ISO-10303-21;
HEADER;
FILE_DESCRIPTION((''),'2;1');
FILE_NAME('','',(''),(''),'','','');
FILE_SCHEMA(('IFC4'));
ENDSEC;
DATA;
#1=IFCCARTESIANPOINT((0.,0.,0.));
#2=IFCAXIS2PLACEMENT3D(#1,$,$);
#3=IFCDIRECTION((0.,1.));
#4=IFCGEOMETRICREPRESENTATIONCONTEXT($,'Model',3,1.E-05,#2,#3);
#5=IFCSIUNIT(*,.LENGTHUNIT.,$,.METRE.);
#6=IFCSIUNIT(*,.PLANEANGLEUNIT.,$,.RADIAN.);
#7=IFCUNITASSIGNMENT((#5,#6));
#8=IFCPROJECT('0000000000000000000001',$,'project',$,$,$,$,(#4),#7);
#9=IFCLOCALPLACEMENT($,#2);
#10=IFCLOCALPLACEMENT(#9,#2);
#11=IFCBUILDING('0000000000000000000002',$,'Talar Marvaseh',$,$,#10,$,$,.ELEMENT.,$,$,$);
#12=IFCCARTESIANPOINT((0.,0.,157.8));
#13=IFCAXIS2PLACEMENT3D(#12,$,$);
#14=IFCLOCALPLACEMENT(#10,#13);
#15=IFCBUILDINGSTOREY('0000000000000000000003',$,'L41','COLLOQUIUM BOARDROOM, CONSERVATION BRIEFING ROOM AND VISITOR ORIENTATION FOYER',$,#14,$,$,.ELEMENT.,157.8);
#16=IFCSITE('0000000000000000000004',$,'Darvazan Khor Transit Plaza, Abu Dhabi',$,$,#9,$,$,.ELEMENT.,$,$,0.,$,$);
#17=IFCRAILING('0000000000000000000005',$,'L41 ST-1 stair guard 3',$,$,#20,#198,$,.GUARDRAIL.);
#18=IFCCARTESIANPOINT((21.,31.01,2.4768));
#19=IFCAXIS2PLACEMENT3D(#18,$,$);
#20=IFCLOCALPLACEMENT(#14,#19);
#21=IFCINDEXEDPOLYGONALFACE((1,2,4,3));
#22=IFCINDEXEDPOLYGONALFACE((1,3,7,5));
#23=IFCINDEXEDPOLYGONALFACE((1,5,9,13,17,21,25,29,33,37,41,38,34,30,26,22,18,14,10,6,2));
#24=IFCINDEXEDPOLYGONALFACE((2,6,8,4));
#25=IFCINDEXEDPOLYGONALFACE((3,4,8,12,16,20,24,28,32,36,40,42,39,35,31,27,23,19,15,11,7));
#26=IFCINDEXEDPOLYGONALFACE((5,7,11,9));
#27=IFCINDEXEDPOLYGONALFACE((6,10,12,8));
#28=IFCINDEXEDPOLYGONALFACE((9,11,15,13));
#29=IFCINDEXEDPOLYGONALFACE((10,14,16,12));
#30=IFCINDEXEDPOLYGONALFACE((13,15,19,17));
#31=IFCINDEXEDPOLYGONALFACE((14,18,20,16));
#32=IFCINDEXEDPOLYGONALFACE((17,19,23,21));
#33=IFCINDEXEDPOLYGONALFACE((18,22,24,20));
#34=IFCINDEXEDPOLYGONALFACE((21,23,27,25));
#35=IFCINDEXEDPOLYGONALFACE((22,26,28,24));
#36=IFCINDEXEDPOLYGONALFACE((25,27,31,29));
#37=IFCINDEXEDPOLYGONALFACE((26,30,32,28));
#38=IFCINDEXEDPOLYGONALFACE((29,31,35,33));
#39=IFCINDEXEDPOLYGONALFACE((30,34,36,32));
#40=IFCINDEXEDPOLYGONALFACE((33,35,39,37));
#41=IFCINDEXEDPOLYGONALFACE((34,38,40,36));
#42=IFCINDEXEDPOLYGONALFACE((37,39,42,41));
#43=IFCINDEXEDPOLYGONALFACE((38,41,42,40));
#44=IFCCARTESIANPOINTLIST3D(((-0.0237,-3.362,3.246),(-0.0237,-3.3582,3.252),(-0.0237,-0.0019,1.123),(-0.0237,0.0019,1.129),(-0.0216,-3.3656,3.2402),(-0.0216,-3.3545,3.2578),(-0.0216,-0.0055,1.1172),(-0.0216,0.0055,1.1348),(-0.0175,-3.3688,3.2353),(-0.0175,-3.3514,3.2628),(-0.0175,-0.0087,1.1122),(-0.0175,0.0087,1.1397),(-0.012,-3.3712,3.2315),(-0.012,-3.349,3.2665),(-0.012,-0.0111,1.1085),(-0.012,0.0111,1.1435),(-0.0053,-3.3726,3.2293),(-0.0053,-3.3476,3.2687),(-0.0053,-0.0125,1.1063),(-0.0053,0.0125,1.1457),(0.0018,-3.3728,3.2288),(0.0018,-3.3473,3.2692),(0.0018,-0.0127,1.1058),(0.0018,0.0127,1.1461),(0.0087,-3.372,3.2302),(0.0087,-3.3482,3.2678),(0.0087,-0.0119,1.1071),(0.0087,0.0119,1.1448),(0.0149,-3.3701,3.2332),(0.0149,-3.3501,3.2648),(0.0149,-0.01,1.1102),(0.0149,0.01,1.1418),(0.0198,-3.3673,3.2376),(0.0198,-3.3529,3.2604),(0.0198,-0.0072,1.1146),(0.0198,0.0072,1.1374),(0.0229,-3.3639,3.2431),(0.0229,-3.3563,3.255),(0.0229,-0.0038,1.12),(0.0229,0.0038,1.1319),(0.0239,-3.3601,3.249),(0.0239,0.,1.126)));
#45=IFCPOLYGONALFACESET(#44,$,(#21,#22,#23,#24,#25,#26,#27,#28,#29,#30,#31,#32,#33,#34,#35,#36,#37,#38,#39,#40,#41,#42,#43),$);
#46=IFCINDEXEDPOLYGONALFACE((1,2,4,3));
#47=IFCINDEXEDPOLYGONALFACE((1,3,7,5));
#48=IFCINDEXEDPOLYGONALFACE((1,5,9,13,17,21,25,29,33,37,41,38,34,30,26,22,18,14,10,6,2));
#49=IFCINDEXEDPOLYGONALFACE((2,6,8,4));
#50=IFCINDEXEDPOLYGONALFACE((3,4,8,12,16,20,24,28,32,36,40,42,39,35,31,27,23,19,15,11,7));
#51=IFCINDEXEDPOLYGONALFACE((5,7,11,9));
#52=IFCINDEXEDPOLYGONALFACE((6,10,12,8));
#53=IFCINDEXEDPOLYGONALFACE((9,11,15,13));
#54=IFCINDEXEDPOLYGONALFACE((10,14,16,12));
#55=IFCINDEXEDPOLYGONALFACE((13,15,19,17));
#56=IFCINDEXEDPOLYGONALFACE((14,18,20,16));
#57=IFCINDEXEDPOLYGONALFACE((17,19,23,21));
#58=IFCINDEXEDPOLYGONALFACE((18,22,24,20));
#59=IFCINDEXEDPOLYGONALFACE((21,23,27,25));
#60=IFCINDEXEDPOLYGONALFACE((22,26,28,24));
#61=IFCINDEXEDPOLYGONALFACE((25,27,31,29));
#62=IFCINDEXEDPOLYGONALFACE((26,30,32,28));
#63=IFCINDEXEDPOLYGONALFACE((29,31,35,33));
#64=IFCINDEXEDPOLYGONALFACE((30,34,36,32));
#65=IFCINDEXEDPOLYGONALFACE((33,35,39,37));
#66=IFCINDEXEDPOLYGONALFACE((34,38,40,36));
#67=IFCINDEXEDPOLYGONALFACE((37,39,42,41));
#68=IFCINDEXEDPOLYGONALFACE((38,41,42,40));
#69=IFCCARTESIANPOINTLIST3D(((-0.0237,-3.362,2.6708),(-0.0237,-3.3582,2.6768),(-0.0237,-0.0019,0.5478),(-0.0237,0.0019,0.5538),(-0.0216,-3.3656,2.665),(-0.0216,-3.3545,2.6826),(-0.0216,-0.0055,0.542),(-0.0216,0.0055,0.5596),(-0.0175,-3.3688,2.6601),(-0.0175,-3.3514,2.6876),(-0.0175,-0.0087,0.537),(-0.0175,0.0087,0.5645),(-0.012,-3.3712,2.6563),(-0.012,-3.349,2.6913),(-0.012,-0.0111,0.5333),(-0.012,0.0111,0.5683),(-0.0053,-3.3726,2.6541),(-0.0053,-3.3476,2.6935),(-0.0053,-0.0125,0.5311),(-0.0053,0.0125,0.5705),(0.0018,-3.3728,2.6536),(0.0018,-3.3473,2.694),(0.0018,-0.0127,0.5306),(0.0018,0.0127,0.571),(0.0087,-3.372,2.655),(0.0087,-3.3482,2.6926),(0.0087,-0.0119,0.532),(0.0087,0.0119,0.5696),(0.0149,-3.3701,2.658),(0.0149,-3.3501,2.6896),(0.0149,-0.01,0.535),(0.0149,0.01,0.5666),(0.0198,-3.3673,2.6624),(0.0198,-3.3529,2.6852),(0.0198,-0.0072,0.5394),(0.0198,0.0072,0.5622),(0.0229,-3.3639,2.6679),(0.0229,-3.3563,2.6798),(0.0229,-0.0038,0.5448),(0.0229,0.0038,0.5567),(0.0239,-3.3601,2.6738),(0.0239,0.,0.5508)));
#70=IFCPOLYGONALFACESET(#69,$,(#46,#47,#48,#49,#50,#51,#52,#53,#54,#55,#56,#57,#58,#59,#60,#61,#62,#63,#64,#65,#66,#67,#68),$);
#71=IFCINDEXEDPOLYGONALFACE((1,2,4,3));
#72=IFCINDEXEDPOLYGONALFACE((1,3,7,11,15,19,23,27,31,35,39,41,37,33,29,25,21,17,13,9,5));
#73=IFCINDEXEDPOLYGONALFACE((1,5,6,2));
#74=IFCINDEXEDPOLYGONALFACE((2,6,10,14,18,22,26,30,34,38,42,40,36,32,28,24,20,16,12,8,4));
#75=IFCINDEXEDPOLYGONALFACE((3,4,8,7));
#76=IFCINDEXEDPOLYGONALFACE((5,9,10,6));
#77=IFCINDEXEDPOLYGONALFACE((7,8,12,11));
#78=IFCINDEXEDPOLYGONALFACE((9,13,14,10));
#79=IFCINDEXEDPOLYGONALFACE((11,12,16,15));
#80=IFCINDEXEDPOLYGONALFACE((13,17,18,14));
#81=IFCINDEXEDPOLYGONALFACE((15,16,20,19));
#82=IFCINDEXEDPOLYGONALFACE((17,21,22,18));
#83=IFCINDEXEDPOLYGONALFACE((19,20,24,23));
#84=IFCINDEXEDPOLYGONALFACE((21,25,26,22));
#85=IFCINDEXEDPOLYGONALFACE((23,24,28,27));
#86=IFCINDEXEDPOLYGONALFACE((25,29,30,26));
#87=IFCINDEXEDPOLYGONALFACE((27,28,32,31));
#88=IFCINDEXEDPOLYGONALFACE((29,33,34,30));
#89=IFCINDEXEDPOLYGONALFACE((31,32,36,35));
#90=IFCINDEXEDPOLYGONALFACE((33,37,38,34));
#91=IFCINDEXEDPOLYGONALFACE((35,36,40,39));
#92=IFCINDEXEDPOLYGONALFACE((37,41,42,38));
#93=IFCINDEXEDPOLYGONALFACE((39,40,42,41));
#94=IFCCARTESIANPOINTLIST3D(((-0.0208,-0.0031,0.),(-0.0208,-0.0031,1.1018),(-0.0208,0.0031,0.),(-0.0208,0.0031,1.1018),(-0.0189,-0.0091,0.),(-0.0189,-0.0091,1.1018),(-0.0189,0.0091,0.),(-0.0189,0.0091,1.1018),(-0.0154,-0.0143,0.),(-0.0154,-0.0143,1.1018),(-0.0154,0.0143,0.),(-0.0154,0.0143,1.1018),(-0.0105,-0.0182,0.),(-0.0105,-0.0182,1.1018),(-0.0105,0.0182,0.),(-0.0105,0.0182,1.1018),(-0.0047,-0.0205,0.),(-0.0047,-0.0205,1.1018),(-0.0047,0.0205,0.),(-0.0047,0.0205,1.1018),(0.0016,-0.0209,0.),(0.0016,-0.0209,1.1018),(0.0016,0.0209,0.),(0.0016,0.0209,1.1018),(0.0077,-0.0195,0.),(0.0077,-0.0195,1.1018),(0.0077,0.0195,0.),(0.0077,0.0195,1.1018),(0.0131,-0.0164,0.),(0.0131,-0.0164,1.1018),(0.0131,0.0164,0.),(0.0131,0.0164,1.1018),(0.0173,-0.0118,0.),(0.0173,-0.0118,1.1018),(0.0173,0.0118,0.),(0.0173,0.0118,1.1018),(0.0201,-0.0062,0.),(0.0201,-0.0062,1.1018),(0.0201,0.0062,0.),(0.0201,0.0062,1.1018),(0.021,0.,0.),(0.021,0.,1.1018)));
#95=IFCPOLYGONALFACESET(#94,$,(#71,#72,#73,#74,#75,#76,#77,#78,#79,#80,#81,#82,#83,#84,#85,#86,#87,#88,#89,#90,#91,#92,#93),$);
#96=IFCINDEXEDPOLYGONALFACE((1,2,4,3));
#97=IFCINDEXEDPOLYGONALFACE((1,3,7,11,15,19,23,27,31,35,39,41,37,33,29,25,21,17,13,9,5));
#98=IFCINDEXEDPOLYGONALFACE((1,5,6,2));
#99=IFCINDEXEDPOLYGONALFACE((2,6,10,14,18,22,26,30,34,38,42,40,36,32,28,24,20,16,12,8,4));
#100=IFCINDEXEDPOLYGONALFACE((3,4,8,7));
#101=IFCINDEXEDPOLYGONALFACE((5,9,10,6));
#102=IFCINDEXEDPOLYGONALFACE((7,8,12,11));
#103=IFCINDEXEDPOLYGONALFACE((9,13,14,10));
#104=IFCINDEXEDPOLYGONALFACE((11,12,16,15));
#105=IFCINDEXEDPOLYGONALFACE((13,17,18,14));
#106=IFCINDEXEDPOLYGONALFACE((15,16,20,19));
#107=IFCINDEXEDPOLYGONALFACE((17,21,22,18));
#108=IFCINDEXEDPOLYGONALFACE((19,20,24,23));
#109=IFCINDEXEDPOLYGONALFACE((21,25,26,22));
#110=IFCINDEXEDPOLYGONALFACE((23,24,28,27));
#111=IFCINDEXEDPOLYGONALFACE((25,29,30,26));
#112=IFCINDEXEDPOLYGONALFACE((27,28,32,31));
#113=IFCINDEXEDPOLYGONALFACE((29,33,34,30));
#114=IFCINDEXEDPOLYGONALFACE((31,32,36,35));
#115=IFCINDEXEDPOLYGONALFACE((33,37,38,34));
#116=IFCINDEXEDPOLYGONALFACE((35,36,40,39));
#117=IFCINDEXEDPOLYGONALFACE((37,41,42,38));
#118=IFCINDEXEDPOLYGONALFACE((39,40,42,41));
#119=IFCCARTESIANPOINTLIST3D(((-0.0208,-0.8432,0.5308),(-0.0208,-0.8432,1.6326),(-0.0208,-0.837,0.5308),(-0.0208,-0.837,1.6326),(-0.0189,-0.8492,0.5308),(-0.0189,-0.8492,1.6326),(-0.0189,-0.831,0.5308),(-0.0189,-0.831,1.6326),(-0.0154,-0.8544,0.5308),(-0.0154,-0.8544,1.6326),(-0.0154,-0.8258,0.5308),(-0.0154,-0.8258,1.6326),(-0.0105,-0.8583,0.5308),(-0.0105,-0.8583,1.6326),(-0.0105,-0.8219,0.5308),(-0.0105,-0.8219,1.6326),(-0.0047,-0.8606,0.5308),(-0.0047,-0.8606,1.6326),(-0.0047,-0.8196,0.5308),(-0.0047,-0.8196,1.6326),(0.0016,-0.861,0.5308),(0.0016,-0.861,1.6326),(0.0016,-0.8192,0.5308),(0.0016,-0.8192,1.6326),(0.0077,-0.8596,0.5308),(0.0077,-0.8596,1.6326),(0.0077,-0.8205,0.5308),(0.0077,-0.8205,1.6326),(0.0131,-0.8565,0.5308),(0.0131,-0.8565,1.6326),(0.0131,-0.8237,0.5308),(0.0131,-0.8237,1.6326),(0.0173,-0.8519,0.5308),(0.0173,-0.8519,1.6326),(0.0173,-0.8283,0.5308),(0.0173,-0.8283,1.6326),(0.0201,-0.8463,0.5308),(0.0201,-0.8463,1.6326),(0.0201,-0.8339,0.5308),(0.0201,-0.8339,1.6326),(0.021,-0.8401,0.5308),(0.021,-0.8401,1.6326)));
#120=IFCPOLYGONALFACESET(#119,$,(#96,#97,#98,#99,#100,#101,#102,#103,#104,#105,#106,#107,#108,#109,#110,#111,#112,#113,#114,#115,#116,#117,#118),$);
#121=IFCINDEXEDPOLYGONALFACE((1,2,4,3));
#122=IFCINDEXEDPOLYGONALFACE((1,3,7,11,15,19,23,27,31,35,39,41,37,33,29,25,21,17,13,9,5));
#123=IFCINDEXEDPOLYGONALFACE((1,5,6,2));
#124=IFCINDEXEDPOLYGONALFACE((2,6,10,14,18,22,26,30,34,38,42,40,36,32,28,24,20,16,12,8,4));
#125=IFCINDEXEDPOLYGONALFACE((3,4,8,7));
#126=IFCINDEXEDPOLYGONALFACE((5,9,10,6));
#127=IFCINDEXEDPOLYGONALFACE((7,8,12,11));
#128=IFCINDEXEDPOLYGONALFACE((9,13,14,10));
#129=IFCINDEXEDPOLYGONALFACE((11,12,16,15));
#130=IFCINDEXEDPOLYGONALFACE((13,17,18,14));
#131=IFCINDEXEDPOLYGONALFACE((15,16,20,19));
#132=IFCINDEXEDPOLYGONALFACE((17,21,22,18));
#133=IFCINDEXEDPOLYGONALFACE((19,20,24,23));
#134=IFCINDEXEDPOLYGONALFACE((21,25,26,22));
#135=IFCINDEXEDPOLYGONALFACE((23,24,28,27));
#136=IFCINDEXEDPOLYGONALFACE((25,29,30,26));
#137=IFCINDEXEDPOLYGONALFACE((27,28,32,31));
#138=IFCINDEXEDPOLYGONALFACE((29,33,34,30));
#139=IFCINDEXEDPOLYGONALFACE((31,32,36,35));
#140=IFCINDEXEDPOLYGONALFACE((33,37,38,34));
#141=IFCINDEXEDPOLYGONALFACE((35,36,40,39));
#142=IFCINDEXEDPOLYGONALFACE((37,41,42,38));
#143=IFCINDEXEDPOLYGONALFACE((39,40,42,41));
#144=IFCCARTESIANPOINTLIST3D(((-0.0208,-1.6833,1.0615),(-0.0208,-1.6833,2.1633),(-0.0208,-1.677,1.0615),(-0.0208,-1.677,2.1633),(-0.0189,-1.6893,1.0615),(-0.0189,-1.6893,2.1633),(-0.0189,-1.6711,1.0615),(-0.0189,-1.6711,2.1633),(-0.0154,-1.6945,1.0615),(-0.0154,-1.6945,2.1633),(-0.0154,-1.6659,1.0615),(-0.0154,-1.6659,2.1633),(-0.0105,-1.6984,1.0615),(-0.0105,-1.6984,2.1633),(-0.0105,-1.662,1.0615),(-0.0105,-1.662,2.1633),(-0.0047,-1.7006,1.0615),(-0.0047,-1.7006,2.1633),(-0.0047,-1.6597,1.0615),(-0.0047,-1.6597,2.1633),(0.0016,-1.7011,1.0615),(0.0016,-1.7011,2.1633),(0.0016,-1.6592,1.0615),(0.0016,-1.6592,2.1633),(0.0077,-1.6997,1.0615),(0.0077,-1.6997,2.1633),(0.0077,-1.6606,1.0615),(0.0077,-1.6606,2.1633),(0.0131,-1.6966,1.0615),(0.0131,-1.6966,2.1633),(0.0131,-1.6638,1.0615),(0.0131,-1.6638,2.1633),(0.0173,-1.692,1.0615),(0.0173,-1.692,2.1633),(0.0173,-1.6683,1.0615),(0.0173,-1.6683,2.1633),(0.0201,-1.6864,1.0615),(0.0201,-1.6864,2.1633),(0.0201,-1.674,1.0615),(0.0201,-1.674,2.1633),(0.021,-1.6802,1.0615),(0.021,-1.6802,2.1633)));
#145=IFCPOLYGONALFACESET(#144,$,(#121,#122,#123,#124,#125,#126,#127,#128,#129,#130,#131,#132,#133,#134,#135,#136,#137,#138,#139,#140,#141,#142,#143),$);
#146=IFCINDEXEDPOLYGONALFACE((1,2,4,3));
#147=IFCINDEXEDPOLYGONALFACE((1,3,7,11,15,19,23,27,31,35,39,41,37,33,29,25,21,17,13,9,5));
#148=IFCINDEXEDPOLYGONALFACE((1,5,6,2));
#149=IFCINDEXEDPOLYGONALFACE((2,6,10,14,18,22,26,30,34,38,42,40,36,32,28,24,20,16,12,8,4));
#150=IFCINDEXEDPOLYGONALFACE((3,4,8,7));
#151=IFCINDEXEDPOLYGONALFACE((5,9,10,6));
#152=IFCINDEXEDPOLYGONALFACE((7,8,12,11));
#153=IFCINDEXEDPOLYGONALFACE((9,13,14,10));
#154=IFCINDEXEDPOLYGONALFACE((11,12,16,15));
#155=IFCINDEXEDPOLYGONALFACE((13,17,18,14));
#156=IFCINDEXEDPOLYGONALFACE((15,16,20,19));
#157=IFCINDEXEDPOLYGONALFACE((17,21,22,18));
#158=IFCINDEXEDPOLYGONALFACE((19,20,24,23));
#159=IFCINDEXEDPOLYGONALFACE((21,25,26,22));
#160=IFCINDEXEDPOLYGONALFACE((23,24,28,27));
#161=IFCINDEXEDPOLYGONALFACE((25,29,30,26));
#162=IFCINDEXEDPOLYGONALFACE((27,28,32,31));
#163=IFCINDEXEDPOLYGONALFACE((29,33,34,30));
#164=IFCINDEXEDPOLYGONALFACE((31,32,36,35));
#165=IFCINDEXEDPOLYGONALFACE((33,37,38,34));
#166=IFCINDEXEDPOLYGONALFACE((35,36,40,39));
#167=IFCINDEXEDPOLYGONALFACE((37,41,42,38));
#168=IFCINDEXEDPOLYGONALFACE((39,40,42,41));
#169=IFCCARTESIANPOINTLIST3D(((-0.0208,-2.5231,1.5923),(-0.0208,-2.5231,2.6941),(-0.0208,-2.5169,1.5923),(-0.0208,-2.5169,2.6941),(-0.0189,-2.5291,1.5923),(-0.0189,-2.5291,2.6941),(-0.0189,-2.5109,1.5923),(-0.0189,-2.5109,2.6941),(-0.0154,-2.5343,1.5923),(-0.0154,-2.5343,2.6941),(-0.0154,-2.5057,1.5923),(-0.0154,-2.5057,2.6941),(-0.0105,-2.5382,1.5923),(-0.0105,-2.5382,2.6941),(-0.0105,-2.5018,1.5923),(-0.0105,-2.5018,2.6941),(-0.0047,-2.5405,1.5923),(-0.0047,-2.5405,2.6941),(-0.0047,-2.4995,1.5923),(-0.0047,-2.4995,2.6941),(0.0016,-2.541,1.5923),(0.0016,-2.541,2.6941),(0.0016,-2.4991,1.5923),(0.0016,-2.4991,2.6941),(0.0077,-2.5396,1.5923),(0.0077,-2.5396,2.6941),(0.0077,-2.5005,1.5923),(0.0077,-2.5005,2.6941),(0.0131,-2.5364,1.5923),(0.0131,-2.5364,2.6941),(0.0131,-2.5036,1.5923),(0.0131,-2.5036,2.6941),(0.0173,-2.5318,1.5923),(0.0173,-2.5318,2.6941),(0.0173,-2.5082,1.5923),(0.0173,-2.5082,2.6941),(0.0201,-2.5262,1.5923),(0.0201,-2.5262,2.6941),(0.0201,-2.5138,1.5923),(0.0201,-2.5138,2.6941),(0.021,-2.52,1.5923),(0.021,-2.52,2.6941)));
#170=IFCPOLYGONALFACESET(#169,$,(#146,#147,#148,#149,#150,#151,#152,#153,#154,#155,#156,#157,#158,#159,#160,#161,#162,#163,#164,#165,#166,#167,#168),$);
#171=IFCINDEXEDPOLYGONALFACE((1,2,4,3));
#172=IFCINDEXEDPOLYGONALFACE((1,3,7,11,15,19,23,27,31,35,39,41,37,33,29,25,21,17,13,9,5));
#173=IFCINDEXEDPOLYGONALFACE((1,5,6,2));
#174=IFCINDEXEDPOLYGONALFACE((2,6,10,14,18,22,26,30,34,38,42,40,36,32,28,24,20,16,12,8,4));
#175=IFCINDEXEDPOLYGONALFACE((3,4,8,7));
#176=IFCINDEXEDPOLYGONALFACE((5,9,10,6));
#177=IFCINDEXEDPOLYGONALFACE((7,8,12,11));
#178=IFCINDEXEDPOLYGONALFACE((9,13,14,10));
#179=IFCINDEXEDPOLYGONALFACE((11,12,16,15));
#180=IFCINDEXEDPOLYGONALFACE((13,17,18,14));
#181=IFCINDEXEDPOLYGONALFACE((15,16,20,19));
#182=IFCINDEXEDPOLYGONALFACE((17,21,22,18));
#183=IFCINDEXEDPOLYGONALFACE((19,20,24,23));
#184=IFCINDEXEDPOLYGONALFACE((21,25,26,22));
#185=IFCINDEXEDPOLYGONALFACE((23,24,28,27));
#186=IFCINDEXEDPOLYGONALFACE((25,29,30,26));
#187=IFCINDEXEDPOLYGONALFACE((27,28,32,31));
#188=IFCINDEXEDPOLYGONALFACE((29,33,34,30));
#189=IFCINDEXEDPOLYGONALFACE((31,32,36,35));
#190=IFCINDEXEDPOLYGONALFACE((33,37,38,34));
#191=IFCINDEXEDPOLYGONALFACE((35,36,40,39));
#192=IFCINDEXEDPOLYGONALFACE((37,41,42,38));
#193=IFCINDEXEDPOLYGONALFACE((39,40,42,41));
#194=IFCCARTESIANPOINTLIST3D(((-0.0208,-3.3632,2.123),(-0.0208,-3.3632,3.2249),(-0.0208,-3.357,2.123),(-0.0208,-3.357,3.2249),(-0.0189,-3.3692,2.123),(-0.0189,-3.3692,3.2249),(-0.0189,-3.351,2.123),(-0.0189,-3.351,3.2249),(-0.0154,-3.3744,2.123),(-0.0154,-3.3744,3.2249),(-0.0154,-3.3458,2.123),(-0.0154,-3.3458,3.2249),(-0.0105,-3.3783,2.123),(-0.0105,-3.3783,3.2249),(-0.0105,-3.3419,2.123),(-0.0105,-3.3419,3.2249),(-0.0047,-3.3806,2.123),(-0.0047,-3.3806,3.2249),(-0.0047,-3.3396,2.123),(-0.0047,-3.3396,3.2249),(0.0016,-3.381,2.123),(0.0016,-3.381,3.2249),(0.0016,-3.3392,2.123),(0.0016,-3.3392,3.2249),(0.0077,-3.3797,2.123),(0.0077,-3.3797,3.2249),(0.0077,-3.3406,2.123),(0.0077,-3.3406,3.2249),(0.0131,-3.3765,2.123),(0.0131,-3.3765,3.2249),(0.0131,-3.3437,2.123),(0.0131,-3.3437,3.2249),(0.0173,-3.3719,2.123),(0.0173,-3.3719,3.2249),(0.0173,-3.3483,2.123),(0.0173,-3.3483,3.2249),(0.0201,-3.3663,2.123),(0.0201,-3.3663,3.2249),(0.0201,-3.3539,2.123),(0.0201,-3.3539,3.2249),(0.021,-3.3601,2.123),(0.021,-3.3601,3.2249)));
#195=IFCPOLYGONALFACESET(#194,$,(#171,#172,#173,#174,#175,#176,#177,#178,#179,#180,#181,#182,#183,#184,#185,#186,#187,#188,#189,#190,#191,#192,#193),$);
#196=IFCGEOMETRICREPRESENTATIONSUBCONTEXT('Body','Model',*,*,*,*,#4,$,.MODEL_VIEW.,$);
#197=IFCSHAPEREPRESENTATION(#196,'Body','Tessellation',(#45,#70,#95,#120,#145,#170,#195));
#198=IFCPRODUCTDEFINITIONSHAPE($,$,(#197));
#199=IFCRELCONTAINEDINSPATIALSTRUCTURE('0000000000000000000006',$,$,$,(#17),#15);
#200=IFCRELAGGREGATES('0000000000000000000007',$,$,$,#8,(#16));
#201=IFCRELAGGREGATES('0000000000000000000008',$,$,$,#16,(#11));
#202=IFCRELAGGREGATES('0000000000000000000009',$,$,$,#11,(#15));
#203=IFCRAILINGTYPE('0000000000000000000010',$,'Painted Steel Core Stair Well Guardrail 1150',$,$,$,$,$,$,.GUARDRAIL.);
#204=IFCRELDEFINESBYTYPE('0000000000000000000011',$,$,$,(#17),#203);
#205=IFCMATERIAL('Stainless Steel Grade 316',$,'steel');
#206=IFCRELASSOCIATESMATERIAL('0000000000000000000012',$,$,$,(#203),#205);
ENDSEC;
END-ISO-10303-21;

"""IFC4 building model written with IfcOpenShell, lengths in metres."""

from ifc_helpers import new_model, si_unit, direction, frame, origin, origin_2d, place, context, subcontext, project, spatial, circle, extrude, material, type_object, element, save


model = new_model("IFC4")

# Units and contexts
model_context = context("Model", 3, precision=1e-05, world=origin(), true_north=direction((0.0, 1.0)))
body_context = subcontext(model_context, "Body", "Model", "MODEL_VIEW")
ifc_project = project(units=[si_unit("LENGTHUNIT", "METRE"), si_unit("PLANEANGLEUNIT", "RADIAN")], contexts=[model_context])

# Site, building, storey
site_placement = place(None, origin())
site = spatial("IfcSite", under=ifc_project, at=site_placement, Name="Darvazan Khor Transit Plaza, Abu Dhabi", CompositionType="ELEMENT", RefElevation=0.0)
building_placement = place(site_placement, origin())
building = spatial("IfcBuilding", under=site, at=building_placement, Name="Talar Marvaseh", CompositionType="ELEMENT")
storey_placement = place(building_placement, frame((0.0, 0.0, 157.8)))
storey = spatial("IfcBuildingStorey", under=building, at=storey_placement, Name="L41", Description="COLLOQUIUM BOARDROOM, CONSERVATION BRIEFING ROOM AND VISITOR ORIENTATION FOYER", CompositionType="ELEMENT", Elevation=157.8)

# Shared definitions
ifc_material_1 = material(Name="Stainless Steel Grade 316", Category="steel")

# Railing
railing_type_1 = type_object("IfcRailingType", Name="Painted Steel Core Stair Well Guardrail 1150", PredefinedType="GUARDRAIL", material=ifc_material_1)
railing_1_placement = place(storey_placement, frame((21.0, 31.01, 2.4768)))
element("IfcRailing", 1, at=railing_1_placement, inside=storey, type_object=railing_type_1, Name="L41 ST-1 stair guard 3", PredefinedType="GUARDRAIL", context=body_context, shape_type="SweptSolid", body=[
    extrude(circle(Radius=0.0239, at=origin_2d()), frame((0.0, 0.0, 1.126), z_axis=(0.0, -0.84539, 0.53415), x_axis=(1.0, 0.0, 0.0)), (0.0, 0.0, 1.0), 3.9746),
    extrude(circle(Radius=0.0239, at=origin_2d()), frame((0.0, 0.0, 0.5508), z_axis=(0.0, -0.84539, 0.53415), x_axis=(1.0, 0.0, 0.0)), (0.0, 0.0, 1.0), 3.9746),
    extrude(circle(Radius=0.021, at=origin_2d()), origin(), (0.0, 0.0, 1.0), 1.1018),
    extrude(circle(Radius=0.021, at=origin_2d()), frame((0.0, -0.8401, 0.5308)), (0.0, 0.0, 1.0), 1.1018),
    extrude(circle(Radius=0.021, at=origin_2d()), frame((0.0, -1.6802, 1.0615)), (0.0, 0.0, 1.0), 1.1018),
    extrude(circle(Radius=0.021, at=origin_2d()), frame((0.0, -2.52, 1.5923)), (0.0, 0.0, 1.0), 1.1018),
    extrude(circle(Radius=0.021, at=origin_2d()), frame((0.0, -3.3601, 2.123)), (0.0, 0.0, 1.0), 1.1018),
])

save(model, "model.ifc")
